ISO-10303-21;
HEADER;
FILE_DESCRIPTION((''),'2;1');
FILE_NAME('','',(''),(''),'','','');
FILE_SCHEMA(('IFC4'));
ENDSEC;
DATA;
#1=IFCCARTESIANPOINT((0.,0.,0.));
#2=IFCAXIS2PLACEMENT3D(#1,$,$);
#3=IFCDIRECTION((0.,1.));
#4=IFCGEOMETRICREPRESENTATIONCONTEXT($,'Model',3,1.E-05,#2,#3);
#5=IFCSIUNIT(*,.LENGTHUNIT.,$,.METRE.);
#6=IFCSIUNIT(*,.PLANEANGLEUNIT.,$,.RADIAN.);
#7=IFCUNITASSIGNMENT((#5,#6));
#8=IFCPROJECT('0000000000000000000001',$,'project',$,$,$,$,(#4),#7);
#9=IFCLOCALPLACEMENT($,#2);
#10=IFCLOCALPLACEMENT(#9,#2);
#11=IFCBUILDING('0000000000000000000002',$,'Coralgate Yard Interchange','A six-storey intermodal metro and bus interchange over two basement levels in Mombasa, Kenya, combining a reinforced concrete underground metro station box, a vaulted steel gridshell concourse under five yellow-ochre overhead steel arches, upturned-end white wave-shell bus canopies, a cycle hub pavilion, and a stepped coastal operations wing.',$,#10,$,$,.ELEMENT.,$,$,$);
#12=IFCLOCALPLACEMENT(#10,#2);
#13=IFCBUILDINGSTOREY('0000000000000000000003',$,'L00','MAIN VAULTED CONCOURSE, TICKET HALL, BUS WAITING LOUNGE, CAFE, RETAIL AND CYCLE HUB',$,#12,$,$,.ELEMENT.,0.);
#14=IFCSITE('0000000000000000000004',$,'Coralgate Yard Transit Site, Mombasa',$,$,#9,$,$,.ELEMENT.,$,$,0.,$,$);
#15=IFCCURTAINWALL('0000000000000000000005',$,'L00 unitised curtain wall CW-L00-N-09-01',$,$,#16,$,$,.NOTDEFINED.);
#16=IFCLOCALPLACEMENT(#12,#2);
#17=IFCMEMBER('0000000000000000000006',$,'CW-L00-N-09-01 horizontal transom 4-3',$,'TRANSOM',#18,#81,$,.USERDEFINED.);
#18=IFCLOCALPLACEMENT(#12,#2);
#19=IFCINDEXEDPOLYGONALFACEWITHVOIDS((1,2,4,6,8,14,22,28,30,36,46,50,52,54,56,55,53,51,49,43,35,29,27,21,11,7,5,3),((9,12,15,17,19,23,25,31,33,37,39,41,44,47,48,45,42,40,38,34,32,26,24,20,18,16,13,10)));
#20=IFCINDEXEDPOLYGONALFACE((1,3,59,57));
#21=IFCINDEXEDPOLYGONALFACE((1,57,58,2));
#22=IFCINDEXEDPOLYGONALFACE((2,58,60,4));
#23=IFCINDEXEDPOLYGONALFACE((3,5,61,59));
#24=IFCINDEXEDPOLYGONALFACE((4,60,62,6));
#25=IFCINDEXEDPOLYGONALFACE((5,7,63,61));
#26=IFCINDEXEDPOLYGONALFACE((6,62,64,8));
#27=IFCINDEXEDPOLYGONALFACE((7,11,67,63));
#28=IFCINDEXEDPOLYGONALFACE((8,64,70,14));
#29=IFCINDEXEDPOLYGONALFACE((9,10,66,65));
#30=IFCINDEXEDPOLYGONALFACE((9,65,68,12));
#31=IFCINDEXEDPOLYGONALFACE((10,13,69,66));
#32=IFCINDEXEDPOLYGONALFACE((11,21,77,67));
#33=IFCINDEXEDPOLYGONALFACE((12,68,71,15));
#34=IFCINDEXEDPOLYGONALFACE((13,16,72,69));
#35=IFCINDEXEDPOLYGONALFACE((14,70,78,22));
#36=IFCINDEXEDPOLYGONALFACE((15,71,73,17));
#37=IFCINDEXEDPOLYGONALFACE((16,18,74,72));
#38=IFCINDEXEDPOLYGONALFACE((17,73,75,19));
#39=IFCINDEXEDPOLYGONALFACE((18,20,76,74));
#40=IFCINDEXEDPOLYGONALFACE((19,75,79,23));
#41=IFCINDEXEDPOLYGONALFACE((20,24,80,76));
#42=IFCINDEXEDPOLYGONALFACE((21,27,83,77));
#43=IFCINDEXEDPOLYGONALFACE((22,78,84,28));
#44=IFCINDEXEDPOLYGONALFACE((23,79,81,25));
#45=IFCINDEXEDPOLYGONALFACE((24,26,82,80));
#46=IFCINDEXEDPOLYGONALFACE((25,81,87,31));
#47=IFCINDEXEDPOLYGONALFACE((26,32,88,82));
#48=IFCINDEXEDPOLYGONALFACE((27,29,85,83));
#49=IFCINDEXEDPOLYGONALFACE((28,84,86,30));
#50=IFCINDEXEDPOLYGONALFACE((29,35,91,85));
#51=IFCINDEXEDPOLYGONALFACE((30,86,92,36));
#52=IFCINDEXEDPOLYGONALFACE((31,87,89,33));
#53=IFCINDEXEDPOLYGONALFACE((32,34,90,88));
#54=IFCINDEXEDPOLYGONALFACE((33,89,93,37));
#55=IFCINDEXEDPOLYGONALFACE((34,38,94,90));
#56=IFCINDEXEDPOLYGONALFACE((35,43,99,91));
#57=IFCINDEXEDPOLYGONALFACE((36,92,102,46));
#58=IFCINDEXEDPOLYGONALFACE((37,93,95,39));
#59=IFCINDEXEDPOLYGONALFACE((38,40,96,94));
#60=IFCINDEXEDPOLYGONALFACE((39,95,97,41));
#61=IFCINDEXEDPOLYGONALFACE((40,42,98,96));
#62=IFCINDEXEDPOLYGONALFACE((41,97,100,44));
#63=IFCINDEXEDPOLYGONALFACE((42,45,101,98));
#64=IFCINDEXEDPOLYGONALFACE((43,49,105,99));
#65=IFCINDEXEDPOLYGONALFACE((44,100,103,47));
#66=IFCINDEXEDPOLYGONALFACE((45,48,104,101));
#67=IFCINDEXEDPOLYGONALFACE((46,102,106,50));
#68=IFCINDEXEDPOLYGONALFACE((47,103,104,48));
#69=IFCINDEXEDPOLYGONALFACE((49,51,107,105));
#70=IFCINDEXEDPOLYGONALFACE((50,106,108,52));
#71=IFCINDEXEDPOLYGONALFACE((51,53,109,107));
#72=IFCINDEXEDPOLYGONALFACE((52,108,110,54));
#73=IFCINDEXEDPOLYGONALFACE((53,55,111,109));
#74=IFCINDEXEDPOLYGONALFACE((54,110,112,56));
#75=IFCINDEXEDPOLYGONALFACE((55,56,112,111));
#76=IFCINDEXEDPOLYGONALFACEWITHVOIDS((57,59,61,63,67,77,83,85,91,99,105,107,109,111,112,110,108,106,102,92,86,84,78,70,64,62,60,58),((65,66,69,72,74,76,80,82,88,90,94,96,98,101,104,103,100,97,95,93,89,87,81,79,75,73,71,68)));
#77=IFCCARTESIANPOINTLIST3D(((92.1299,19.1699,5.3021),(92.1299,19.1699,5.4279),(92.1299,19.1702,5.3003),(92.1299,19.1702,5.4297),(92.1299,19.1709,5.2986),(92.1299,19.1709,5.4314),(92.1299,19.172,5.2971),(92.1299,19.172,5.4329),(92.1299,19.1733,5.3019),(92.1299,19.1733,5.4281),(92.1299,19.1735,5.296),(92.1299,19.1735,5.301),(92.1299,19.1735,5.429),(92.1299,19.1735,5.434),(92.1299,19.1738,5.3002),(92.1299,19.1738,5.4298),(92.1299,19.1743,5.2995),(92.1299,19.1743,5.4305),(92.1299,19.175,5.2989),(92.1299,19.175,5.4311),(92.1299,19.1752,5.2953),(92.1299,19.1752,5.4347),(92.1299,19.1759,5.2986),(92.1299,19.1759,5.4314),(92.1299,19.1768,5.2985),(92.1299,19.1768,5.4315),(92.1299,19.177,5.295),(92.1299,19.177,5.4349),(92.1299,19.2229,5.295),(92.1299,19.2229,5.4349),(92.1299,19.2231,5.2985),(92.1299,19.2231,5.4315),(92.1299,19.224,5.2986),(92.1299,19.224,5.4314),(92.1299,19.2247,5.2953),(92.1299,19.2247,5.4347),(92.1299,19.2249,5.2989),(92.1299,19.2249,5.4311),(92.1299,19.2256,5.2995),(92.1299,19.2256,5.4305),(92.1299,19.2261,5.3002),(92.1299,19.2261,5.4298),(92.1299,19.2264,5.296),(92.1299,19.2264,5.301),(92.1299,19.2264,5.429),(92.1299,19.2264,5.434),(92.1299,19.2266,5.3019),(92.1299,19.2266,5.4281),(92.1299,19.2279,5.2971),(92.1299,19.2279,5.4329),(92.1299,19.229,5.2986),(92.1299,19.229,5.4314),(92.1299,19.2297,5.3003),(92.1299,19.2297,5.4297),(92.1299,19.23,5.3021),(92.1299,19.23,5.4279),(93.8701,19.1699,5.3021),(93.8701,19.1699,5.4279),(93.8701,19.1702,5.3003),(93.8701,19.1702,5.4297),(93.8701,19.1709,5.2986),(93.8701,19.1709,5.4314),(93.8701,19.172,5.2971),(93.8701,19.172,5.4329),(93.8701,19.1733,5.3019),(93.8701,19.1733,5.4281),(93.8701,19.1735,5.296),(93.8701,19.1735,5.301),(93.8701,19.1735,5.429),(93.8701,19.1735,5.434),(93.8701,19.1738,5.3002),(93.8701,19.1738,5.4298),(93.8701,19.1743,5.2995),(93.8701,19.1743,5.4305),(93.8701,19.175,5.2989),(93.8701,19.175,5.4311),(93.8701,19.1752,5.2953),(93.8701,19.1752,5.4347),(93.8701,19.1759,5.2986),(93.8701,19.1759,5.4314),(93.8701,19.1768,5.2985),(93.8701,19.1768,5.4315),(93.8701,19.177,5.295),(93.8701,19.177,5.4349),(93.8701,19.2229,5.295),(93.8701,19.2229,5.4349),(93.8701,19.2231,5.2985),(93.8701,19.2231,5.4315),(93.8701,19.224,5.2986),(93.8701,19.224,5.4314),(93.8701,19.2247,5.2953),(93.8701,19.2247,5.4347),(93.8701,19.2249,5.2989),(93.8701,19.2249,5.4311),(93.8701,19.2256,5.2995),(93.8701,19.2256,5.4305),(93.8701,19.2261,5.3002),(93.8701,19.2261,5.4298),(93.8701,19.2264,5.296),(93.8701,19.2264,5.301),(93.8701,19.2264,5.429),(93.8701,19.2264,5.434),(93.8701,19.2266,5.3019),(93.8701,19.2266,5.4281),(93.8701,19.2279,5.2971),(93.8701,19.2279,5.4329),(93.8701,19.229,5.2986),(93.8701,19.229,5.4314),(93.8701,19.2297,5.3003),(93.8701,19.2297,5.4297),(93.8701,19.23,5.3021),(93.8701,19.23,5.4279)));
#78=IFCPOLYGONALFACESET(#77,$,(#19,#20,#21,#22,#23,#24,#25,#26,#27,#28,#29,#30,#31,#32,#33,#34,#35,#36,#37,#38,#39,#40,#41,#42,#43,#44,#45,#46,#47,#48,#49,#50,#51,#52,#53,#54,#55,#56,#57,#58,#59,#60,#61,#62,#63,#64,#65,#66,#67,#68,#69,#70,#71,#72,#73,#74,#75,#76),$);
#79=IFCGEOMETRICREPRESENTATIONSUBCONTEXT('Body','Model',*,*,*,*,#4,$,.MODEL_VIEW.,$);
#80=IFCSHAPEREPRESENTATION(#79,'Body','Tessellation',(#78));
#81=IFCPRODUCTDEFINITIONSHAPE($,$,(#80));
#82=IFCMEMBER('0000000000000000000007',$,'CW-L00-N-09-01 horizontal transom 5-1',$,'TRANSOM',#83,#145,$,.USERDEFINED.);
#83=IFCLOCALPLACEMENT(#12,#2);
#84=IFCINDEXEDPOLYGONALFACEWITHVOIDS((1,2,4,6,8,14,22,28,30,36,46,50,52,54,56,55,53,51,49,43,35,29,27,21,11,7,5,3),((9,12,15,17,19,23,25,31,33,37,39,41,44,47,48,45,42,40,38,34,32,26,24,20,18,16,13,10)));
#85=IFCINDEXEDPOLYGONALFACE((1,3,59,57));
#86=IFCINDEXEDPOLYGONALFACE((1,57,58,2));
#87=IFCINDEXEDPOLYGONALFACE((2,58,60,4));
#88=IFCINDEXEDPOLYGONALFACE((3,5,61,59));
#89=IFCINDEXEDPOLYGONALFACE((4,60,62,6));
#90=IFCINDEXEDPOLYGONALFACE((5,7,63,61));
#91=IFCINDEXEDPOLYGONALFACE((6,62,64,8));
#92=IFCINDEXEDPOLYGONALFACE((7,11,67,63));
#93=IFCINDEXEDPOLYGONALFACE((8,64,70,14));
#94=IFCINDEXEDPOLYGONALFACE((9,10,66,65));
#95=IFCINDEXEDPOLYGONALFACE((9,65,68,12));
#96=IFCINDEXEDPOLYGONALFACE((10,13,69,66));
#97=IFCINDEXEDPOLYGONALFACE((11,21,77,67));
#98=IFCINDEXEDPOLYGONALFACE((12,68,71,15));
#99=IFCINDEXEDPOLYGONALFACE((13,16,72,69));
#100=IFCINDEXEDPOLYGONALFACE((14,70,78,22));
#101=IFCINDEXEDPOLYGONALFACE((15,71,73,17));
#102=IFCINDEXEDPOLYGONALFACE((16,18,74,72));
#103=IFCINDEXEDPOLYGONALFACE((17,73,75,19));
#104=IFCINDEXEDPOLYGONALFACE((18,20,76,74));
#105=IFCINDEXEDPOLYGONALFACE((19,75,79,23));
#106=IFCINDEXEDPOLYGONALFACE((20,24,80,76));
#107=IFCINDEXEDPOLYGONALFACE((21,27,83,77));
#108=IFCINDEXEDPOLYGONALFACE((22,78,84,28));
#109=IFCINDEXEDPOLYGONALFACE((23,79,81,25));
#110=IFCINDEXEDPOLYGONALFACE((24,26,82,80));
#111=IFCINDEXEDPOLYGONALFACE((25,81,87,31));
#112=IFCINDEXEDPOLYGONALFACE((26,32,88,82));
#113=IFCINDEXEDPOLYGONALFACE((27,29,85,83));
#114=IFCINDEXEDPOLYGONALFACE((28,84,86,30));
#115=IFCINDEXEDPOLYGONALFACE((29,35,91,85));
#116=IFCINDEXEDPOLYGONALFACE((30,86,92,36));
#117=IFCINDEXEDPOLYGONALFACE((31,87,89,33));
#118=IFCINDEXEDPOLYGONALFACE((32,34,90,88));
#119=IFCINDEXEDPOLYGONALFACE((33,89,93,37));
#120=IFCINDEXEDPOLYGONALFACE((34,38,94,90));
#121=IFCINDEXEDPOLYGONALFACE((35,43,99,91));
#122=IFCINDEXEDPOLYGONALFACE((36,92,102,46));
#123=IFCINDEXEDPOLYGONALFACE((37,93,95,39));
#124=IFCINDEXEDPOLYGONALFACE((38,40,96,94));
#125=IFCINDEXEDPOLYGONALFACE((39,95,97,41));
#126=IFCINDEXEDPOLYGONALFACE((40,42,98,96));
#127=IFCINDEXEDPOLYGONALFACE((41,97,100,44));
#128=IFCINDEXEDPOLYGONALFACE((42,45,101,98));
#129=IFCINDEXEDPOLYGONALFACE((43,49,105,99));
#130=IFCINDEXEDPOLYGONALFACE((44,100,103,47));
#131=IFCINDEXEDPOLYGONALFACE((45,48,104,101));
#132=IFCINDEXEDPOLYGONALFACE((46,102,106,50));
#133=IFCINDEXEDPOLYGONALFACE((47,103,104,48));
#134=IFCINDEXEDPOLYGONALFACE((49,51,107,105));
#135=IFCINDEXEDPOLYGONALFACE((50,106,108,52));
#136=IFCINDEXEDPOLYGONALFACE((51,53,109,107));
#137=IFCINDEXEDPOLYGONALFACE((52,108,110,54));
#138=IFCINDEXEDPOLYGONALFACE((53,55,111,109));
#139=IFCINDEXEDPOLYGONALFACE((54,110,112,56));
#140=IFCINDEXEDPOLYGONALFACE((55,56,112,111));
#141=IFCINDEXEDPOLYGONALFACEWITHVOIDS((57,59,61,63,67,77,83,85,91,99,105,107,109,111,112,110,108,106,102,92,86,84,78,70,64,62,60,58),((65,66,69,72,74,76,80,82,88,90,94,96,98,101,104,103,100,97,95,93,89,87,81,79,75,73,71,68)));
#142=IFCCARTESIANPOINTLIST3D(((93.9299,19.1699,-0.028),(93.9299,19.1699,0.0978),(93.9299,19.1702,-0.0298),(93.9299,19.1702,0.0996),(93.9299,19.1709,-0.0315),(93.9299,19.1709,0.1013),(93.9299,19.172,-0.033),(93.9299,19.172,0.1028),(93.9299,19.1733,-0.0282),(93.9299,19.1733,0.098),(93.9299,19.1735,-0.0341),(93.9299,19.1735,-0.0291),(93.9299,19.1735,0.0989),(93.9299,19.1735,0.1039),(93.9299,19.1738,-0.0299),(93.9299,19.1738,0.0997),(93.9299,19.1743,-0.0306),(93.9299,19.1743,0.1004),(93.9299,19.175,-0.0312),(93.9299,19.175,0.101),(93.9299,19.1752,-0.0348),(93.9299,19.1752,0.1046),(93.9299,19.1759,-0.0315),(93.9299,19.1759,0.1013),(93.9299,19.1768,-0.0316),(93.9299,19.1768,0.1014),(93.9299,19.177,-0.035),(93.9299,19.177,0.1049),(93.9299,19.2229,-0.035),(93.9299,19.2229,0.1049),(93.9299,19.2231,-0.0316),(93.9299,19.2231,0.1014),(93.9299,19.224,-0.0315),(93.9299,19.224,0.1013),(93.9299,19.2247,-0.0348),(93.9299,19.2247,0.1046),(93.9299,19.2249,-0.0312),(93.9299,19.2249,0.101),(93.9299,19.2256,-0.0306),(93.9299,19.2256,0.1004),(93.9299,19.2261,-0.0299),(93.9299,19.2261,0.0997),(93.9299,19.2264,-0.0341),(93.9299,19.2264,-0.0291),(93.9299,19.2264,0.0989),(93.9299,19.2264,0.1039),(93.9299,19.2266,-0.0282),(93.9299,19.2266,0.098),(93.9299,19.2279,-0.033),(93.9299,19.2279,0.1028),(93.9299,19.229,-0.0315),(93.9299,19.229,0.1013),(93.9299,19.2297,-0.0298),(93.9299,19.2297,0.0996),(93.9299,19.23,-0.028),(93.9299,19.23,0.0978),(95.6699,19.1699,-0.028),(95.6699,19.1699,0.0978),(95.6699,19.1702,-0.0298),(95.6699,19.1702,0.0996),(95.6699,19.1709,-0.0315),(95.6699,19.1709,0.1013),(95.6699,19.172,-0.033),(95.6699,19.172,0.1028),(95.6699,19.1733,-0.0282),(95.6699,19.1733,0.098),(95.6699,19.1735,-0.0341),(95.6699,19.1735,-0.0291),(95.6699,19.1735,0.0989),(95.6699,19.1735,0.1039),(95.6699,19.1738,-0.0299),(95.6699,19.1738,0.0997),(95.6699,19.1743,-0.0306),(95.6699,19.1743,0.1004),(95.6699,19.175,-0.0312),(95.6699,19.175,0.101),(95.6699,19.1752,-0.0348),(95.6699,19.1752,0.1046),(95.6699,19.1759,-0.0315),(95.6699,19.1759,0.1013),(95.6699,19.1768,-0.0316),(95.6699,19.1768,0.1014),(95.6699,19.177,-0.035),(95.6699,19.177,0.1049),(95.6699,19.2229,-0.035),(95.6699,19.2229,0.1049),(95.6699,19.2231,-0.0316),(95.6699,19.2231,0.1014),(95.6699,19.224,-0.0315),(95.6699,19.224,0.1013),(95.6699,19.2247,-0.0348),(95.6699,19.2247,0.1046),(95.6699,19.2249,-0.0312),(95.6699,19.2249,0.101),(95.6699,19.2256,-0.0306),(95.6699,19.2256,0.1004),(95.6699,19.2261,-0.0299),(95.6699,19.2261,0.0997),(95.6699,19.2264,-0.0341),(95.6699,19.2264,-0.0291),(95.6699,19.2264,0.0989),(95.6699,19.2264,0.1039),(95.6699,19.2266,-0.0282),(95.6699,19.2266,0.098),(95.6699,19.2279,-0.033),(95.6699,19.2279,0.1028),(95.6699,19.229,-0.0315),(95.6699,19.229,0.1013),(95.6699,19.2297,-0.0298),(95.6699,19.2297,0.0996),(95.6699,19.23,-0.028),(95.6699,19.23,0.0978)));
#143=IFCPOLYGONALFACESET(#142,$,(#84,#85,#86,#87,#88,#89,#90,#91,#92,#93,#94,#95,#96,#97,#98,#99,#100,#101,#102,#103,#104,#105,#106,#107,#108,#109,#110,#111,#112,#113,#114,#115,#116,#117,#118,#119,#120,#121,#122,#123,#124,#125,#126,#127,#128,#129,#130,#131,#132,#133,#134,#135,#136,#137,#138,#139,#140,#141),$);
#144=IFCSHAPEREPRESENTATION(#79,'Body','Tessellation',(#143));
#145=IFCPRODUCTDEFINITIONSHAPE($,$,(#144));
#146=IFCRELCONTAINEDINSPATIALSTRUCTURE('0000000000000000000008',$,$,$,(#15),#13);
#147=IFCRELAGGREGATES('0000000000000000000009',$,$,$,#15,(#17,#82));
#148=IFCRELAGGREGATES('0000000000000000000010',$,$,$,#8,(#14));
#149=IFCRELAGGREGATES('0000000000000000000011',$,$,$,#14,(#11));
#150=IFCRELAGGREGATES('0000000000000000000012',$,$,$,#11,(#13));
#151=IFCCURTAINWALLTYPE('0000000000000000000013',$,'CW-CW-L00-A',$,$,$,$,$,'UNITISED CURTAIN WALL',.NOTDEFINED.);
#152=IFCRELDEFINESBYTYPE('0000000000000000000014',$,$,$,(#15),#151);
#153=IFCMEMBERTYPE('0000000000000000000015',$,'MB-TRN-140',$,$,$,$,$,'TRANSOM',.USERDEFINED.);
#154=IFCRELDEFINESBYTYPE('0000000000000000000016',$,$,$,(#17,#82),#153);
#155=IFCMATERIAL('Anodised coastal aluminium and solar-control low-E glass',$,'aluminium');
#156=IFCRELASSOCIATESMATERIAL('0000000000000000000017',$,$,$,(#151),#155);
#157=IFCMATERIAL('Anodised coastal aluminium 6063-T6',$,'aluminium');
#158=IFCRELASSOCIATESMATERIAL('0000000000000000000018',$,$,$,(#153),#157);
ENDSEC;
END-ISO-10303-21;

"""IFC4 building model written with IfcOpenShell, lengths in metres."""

from ifc_helpers import new_model, si_unit, direction, frame, origin, origin_2d, place, context, subcontext, project, spatial, hollow_rectangle, extrude, material, material_profile, profile_set, type_object, element, aggregate, save


model = new_model("IFC4")

# Units and contexts
model_context = context("Model", 3, precision=1e-05, world=origin(), true_north=direction((0.0, 1.0)))
body_context = subcontext(model_context, "Body", "Model", "MODEL_VIEW")
ifc_project = project(units=[si_unit("LENGTHUNIT", "METRE"), si_unit("PLANEANGLEUNIT", "RADIAN")], contexts=[model_context])

# Site, building, storey
site_placement = place(None, origin())
site = spatial("IfcSite", under=ifc_project, at=site_placement, Name="Coralgate Yard Transit Site, Mombasa", CompositionType="ELEMENT", RefElevation=0.0)
building_placement = place(site_placement, origin())
building = spatial("IfcBuilding", under=site, at=building_placement, Name="Coralgate Yard Interchange", Description="A six-storey intermodal metro and bus interchange over two basement levels in Mombasa, Kenya, combining a reinforced concrete underground metro station box, a vaulted steel gridshell concourse under five yellow-ochre overhead steel arches, upturned-end white wave-shell bus canopies, a cycle hub pavilion, and a stepped coastal operations wing.", CompositionType="ELEMENT")
storey_placement = place(building_placement, origin())
storey = spatial("IfcBuildingStorey", under=building, at=storey_placement, Name="L00", Description="MAIN VAULTED CONCOURSE, TICKET HALL, BUS WAITING LOUNGE, CAFE, RETAIL AND CYCLE HUB", CompositionType="ELEMENT", Elevation=0.0)

# Curtain wall, members
ifc_material_1 = material(Name="Anodised coastal aluminium and solar-control low-E glass", Category="aluminium")
curtain_wall_type = type_object("IfcCurtainWallType", Name="CW-CW-L00-A", ElementType="UNITISED CURTAIN WALL", PredefinedType="NOTDEFINED", material=ifc_material_1)
curtain_wall_placement = place(storey_placement, origin())
curtain_wall = element("IfcCurtainWall", 1, at=curtain_wall_placement, inside=storey, type_object=curtain_wall_type, Name="L00 unitised curtain wall CW-L00-N-09-01", PredefinedType="NOTDEFINED")
ifc_material_2 = material(Name="Anodised coastal aluminium 6063-T6", Category="aluminium")
ifc_material_profile_1 = material_profile(ifc_material_2, hollow_rectangle(XDim=0.0601, YDim=0.1399, WallThickness=0.0034, InnerFilletRadius=0.0034, OuterFilletRadius=0.0071, at=origin_2d()), Name="ALU 60x140x3.5")
ifc_profile_set_1 = profile_set([ifc_material_profile_1], Name="Anodised coastal aluminium 6063-T6")
member_type_1 = type_object("IfcMemberType", Name="MB-TRN-140", ElementType="TRANSOM", PredefinedType="USERDEFINED", material=ifc_profile_set_1)
member_1_placement = place(storey_placement, frame((92.1299, 19.2, 5.365), z_axis=(1.0, 0.0, 0.0), x_axis=(0.0, 1.0, 0.0)))
member_1 = element("IfcMember", 2, at=member_1_placement, type_object=member_type_1, Name="CW-L00-N-09-01 horizontal transom 4-3", ObjectType="TRANSOM", PredefinedType="USERDEFINED", context=body_context, shape_type="SweptSolid", body=[
    extrude(hollow_rectangle(XDim=0.0601, YDim=0.1399, WallThickness=0.0034, InnerFilletRadius=0.0034, OuterFilletRadius=0.0071, at=origin_2d()), origin(), (0.0, 0.0, 1.0), 1.7402),
])
member_2_placement = place(storey_placement, frame((93.9299, 19.2, 0.0349), z_axis=(1.0, 0.0, 0.0), x_axis=(0.0, 1.0, 0.0)))
member_2 = element("IfcMember", 3, at=member_2_placement, type_object=member_type_1, Name="CW-L00-N-09-01 horizontal transom 5-1", ObjectType="TRANSOM", PredefinedType="USERDEFINED", context=body_context, shape_type="SweptSolid", body=[
    extrude(hollow_rectangle(XDim=0.0601, YDim=0.1399, WallThickness=0.0034, InnerFilletRadius=0.0034, OuterFilletRadius=0.0071, at=origin_2d()), origin(), (0.0, 0.0, 1.0), 1.74),
])
aggregate(curtain_wall, [member_1, member_2])

save(model, "model.ifc")
